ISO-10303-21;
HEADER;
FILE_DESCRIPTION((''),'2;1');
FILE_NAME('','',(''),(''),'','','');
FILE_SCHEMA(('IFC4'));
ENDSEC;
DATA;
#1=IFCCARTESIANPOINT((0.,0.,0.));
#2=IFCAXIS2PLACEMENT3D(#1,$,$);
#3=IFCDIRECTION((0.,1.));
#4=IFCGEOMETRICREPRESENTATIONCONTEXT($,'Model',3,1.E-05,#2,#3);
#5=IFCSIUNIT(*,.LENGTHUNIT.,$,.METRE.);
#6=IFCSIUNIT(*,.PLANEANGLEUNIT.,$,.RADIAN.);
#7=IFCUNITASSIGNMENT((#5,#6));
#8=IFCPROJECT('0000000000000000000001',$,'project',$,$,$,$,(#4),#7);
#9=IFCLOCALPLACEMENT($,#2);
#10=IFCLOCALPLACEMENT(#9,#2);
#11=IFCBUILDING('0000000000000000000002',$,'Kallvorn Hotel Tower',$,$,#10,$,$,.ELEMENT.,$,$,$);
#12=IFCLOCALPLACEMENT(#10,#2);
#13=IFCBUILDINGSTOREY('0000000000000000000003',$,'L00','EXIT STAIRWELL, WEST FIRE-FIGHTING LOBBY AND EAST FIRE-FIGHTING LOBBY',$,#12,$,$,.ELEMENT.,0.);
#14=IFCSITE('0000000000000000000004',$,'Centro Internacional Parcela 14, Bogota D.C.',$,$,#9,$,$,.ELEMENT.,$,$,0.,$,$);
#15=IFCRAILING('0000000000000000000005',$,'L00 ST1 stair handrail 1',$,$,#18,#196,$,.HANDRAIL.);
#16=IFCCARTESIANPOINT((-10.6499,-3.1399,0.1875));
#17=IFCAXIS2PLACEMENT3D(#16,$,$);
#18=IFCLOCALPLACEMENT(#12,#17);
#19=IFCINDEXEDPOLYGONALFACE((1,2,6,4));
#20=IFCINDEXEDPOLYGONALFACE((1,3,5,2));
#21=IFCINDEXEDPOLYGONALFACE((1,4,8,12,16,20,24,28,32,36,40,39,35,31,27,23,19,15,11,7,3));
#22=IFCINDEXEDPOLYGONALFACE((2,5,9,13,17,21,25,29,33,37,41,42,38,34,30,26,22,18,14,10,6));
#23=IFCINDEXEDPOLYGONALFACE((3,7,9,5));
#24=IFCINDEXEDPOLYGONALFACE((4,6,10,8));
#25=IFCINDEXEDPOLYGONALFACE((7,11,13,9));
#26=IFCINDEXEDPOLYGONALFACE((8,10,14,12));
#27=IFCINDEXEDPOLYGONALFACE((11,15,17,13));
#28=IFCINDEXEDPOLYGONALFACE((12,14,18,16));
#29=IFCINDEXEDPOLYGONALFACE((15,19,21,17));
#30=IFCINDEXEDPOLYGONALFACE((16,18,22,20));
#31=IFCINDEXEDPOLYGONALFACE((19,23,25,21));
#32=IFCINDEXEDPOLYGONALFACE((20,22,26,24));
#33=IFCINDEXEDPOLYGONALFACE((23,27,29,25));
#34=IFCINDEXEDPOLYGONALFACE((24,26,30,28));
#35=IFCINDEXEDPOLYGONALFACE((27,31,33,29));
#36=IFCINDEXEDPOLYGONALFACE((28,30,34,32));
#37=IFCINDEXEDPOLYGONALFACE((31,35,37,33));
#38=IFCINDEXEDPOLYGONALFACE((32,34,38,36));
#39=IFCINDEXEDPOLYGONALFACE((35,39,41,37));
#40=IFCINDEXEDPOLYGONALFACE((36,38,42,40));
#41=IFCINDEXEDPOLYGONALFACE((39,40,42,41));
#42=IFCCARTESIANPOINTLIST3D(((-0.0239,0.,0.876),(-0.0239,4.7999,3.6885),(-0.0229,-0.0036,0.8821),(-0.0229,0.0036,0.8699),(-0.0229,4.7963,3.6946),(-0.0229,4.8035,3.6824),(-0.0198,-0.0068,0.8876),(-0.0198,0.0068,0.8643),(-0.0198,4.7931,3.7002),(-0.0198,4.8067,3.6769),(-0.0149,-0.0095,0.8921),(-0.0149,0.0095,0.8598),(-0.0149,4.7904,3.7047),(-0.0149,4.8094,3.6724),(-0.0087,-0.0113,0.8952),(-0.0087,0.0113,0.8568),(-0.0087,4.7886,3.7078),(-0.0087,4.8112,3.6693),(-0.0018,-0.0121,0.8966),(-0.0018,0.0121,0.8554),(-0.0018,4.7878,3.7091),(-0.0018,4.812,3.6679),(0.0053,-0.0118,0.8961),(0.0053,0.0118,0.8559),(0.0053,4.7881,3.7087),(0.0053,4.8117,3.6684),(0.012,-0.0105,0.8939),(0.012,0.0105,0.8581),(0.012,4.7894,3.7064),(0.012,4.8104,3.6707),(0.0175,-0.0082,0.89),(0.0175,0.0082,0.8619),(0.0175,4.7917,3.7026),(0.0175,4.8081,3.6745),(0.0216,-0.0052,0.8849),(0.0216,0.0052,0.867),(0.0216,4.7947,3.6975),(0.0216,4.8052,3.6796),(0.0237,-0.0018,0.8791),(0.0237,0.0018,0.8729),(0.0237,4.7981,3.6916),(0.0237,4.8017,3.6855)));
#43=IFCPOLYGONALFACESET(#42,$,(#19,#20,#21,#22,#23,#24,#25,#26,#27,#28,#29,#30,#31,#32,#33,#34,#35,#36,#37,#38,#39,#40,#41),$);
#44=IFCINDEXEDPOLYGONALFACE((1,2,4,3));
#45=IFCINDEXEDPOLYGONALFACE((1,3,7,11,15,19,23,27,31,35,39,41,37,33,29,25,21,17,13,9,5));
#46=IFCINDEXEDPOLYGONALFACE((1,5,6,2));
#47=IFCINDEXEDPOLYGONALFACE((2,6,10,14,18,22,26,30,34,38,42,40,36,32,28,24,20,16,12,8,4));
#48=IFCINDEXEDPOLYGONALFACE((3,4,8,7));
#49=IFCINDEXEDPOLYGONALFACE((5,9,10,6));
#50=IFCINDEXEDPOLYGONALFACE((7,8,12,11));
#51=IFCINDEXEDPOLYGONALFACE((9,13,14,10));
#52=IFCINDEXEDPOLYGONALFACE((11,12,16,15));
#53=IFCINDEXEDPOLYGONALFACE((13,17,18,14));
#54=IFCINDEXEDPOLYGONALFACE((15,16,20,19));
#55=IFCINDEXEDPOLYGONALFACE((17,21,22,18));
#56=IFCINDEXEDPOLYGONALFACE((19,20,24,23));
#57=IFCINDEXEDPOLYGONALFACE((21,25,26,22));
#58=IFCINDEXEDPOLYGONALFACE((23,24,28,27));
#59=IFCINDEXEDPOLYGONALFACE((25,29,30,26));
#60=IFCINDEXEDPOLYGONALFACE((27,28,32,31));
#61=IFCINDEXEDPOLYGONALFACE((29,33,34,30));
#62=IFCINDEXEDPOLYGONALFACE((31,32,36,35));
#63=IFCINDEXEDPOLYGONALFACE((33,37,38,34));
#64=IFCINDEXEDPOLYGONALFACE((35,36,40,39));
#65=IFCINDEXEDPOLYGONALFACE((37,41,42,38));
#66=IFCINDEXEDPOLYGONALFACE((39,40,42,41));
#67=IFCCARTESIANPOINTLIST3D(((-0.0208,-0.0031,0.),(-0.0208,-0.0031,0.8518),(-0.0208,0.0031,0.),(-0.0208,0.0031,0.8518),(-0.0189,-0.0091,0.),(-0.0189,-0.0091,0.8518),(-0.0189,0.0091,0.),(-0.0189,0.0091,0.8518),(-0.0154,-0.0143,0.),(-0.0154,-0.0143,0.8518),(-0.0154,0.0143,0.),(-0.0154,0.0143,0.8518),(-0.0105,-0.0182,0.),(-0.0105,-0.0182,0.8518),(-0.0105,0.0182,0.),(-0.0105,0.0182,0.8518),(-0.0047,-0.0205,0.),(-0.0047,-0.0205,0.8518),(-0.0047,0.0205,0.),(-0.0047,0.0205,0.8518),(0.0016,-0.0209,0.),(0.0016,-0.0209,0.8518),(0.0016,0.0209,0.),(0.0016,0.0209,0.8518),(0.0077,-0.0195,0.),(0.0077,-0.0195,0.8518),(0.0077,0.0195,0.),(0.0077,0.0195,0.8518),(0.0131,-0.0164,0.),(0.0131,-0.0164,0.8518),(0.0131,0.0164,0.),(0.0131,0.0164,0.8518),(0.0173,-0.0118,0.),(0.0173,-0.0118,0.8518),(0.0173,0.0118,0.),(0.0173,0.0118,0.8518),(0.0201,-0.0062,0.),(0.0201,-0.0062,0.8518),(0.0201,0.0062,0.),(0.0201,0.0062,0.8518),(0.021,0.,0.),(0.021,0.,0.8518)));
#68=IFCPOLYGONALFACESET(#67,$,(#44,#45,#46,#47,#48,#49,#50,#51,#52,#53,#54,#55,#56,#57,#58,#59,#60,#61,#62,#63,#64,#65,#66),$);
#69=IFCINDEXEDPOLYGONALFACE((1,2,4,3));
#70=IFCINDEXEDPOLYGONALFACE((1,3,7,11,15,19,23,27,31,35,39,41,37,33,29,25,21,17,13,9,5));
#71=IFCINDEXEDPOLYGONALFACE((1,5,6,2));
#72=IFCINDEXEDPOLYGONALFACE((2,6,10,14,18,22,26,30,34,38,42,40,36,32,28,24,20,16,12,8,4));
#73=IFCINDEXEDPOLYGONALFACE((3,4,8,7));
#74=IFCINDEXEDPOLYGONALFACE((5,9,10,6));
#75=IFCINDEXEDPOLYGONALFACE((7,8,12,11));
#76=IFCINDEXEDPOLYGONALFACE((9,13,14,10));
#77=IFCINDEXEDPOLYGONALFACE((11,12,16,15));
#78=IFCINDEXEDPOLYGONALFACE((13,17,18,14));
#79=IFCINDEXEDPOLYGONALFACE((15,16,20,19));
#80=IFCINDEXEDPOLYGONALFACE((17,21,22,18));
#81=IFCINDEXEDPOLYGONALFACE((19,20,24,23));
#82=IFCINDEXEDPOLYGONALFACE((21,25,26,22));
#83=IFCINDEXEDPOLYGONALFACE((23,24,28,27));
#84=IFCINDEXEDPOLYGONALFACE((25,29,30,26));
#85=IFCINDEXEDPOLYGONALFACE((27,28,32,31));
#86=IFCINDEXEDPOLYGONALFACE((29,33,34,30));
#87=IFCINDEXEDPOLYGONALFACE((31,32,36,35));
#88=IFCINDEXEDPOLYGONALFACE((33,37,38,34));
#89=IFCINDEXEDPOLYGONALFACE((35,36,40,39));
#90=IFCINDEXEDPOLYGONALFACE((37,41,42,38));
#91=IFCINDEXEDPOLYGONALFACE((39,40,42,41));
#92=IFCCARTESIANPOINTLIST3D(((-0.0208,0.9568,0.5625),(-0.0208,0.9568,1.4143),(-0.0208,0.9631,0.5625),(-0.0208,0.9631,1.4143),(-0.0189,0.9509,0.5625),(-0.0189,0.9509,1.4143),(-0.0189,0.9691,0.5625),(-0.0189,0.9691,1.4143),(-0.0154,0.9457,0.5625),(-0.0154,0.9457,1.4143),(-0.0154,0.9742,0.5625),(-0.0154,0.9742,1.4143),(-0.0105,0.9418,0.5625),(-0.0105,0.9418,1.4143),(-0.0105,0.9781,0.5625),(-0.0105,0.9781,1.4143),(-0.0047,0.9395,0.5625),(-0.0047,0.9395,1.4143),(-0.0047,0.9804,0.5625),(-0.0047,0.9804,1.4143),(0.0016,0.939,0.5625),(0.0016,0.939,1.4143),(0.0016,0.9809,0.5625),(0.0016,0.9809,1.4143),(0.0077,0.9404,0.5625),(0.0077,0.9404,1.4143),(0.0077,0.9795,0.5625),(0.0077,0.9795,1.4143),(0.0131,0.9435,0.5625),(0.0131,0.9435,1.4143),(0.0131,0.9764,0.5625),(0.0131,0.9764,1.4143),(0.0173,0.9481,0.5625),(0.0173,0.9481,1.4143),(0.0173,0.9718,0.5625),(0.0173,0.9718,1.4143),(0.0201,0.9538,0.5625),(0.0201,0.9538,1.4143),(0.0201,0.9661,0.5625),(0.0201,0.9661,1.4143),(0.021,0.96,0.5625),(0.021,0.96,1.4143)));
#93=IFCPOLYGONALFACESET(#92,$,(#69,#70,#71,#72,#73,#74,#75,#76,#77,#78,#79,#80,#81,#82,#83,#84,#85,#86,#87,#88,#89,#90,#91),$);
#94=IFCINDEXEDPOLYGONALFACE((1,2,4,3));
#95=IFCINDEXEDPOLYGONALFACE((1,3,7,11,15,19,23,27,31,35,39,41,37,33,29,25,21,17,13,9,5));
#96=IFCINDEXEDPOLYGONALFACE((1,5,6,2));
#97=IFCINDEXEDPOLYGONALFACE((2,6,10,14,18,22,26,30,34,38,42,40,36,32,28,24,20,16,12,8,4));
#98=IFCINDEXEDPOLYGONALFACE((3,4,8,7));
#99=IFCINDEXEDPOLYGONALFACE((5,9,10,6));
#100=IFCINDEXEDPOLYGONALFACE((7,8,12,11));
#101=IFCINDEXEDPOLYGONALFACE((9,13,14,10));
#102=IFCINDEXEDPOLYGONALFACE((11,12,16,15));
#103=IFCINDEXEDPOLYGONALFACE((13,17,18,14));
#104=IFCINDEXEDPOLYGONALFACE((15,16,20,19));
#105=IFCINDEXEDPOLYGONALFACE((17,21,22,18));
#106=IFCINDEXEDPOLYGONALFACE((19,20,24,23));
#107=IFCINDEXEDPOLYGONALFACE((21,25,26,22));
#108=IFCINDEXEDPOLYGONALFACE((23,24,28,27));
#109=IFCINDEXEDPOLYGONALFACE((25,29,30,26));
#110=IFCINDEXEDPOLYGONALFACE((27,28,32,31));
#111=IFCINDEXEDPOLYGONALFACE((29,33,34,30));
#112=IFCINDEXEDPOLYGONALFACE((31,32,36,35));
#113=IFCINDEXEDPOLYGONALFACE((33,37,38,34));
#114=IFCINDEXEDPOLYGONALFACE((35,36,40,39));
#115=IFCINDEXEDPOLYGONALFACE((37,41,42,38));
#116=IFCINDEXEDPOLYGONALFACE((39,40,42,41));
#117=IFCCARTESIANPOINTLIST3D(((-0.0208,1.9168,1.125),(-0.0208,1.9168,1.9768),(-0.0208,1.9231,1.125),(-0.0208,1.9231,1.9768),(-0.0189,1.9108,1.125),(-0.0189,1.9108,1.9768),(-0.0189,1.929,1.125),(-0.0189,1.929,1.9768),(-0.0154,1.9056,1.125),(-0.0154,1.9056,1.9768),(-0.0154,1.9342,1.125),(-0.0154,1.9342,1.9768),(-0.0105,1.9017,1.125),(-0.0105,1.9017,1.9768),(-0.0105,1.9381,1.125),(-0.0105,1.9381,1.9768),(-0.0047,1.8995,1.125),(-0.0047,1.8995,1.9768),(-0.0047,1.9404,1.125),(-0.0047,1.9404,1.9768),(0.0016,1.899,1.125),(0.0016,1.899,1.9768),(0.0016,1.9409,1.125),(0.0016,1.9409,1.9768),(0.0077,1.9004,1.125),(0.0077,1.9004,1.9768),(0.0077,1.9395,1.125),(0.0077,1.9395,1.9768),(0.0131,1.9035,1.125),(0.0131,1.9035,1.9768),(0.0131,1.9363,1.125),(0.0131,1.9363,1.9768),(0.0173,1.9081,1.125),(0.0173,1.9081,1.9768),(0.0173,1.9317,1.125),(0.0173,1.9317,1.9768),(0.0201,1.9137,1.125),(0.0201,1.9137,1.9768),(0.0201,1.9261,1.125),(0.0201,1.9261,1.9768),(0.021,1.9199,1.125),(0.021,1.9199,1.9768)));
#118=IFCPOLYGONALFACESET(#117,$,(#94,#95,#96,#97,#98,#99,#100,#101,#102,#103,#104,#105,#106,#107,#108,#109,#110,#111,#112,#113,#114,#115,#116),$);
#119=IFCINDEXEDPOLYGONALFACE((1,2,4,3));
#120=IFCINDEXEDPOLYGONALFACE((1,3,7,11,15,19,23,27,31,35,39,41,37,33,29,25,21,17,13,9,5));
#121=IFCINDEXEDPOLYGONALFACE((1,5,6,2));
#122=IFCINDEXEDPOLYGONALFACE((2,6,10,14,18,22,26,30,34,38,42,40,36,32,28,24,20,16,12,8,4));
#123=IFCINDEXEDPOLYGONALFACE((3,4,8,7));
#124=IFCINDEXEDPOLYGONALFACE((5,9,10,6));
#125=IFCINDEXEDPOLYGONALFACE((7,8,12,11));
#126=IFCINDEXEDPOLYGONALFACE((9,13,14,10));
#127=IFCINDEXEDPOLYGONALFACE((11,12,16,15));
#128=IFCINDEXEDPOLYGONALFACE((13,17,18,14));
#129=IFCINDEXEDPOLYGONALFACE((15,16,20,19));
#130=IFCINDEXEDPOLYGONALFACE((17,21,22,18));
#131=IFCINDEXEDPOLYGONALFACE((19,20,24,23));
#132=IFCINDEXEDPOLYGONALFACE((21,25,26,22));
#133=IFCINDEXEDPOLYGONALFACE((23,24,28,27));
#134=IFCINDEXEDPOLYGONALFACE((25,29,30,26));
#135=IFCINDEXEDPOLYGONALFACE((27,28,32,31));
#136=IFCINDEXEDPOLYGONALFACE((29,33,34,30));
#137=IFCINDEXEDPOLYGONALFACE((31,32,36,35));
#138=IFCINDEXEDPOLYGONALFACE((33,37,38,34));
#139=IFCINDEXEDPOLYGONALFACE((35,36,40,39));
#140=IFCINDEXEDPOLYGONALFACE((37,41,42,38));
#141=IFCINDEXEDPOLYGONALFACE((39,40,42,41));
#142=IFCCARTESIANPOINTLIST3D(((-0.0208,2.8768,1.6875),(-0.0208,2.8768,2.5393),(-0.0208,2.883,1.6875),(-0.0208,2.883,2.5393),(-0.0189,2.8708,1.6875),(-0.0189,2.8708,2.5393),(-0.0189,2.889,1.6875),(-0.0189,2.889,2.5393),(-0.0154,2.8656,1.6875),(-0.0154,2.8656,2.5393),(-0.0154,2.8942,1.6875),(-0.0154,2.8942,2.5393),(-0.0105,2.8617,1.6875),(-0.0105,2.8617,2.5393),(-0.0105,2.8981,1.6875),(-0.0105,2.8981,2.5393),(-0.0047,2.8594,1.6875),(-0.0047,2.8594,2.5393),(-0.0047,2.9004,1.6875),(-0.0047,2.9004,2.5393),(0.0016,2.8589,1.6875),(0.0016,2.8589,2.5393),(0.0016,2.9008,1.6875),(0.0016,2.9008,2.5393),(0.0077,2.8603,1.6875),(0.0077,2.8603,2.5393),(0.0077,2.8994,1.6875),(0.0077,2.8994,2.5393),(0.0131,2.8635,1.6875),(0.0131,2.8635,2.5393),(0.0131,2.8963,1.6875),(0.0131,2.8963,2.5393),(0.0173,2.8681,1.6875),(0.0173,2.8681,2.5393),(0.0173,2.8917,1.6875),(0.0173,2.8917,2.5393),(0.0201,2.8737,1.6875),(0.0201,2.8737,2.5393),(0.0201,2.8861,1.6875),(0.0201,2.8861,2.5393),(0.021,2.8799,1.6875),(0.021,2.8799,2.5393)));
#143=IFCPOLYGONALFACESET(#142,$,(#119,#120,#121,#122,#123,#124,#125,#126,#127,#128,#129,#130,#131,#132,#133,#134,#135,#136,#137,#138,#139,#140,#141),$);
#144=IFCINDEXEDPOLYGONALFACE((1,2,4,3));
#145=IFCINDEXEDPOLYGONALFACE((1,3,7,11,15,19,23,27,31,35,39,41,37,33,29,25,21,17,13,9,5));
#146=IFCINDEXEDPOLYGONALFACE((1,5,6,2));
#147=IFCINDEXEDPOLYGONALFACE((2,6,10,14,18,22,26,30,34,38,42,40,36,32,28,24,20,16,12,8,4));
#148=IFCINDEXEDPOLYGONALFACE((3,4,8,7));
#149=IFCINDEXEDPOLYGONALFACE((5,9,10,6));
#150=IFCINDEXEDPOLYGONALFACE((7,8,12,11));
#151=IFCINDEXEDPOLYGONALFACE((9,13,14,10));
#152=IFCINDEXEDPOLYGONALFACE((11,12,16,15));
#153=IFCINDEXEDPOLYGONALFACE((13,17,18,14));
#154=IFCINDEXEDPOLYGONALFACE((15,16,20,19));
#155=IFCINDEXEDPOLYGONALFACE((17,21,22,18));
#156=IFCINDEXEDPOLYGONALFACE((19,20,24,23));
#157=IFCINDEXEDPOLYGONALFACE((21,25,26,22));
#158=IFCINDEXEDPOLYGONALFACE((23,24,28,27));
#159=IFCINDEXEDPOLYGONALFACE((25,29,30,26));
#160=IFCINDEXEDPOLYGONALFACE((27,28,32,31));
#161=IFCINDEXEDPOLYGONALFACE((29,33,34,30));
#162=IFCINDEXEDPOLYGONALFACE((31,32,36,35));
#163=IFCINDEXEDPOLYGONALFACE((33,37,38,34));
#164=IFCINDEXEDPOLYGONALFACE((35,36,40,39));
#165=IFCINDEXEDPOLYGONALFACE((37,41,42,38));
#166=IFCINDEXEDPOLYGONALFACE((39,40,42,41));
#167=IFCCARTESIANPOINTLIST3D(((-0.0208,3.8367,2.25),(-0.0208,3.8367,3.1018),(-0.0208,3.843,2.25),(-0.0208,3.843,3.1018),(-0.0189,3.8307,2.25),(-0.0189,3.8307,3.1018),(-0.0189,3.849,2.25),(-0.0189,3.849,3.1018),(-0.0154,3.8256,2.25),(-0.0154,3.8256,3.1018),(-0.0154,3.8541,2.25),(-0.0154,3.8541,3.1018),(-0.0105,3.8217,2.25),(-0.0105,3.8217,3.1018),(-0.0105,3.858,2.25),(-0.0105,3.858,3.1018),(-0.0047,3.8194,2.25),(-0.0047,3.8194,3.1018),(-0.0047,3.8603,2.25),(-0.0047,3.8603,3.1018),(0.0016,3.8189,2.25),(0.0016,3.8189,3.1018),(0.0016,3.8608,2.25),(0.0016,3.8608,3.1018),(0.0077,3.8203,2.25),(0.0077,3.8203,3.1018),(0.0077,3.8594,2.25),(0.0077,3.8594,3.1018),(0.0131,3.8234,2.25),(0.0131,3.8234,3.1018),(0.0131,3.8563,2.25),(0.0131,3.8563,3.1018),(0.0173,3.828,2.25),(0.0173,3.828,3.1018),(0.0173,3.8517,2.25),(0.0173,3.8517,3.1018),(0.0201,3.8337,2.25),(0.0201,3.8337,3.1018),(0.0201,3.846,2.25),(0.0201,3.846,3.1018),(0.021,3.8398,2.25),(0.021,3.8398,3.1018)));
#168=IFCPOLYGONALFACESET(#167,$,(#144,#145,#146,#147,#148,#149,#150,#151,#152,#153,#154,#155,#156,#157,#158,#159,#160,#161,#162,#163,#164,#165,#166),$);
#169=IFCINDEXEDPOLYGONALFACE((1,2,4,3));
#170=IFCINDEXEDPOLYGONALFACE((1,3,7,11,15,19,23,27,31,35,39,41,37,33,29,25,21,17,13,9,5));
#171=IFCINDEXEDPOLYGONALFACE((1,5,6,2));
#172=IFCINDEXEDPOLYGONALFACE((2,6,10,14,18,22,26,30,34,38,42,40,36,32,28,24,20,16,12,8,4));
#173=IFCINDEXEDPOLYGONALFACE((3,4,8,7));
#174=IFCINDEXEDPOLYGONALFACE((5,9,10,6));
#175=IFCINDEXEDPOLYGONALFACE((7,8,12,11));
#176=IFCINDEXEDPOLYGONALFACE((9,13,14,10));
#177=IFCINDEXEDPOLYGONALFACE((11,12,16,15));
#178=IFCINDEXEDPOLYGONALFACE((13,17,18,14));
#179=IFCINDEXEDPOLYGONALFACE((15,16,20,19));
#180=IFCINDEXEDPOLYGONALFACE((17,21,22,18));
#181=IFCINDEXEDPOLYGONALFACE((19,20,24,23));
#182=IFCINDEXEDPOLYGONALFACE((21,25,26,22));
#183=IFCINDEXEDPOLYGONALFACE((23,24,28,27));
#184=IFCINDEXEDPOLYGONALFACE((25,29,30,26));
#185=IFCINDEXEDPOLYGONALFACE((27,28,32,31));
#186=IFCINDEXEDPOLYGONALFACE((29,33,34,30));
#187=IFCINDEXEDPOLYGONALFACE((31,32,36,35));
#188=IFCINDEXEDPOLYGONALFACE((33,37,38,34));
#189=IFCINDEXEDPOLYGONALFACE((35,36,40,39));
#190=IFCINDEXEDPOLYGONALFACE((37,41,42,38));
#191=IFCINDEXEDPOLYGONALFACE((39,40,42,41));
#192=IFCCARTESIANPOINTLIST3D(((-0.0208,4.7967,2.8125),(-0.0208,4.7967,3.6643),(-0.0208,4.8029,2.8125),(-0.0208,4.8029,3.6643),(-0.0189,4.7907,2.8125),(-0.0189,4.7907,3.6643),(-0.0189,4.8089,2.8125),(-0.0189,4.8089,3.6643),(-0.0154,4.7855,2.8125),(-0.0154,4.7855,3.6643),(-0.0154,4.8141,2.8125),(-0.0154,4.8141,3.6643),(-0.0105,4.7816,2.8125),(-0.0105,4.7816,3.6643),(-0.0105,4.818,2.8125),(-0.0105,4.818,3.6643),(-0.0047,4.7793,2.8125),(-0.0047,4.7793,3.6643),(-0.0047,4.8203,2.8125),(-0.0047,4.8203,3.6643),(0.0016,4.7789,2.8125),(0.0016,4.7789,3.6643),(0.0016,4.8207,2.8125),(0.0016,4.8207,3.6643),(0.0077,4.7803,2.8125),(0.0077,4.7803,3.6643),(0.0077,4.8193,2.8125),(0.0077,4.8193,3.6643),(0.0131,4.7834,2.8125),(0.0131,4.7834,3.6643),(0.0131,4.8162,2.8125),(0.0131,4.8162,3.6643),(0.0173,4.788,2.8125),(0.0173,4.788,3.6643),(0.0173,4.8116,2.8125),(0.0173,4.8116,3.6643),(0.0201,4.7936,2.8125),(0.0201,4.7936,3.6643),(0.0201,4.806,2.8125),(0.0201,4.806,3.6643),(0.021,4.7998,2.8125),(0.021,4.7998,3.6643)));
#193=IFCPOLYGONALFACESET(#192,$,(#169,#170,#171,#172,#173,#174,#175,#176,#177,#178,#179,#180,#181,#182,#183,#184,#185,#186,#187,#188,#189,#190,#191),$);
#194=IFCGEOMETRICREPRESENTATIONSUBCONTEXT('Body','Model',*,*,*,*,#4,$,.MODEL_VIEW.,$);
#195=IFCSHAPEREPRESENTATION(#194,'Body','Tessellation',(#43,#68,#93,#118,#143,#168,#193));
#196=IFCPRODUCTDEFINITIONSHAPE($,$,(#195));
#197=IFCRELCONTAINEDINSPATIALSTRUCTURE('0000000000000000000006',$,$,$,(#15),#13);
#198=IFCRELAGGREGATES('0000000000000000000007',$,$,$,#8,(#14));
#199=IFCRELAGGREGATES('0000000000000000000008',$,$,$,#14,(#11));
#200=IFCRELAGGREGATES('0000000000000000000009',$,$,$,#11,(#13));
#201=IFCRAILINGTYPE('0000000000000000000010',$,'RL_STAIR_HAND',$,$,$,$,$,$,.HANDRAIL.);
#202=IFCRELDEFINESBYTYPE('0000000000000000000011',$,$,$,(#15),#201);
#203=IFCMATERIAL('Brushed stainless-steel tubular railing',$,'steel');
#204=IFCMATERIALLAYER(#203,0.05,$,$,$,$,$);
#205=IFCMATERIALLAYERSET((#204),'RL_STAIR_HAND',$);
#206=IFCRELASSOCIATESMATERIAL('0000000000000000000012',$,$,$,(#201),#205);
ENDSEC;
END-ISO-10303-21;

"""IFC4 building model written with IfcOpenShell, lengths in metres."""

from ifc_helpers import new_model, si_unit, direction, frame, origin, origin_2d, place, context, subcontext, project, spatial, circle, extrude, material, layer, layer_set, type_object, element, save


model = new_model("IFC4")

# Units and contexts
model_context = context("Model", 3, precision=1e-05, world=origin(), true_north=direction((0.0, 1.0)))
body_context = subcontext(model_context, "Body", "Model", "MODEL_VIEW")
ifc_project = project(units=[si_unit("LENGTHUNIT", "METRE"), si_unit("PLANEANGLEUNIT", "RADIAN")], contexts=[model_context])

# Site, building, storey
site_placement = place(None, origin())
site = spatial("IfcSite", under=ifc_project, at=site_placement, Name="Centro Internacional Parcela 14, Bogota D.C.", CompositionType="ELEMENT", RefElevation=0.0)
building_placement = place(site_placement, origin())
building = spatial("IfcBuilding", under=site, at=building_placement, Name="Kallvorn Hotel Tower", CompositionType="ELEMENT")
storey_placement = place(building_placement, origin())
storey = spatial("IfcBuildingStorey", under=building, at=storey_placement, Name="L00", Description="EXIT STAIRWELL, WEST FIRE-FIGHTING LOBBY AND EAST FIRE-FIGHTING LOBBY", CompositionType="ELEMENT", Elevation=0.0)

# Railing
ifc_material_1 = material(Name="Brushed stainless-steel tubular railing", Category="steel")
ifc_layer_1 = layer(ifc_material_1, 0.05)
ifc_layer_set_1 = layer_set([ifc_layer_1], Name="RL_STAIR_HAND")
railing_type_1 = type_object("IfcRailingType", Name="RL_STAIR_HAND", PredefinedType="HANDRAIL", material=ifc_layer_set_1)
railing_1_placement = place(storey_placement, frame((-10.6499, -3.1399, 0.1875)))
element("IfcRailing", 1, at=railing_1_placement, inside=storey, type_object=railing_type_1, Name="L00 ST1 stair handrail 1", PredefinedType="HANDRAIL", context=body_context, shape_type="SweptSolid", body=[
    extrude(circle(Radius=0.0239, at=origin_2d()), frame((0.0, 0.0, 0.876), z_axis=(0.0, 0.86279, 0.505562), x_axis=(-1.0, 0.0, 0.0)), (0.0, 0.0, 1.0), 5.5632),
    extrude(circle(Radius=0.021, at=origin_2d()), origin(), (0.0, 0.0, 1.0), 0.8518),
    extrude(circle(Radius=0.021, at=origin_2d()), frame((0.0, 0.96, 0.5625)), (0.0, 0.0, 1.0), 0.8518),
    extrude(circle(Radius=0.021, at=origin_2d()), frame((0.0, 1.9199, 1.125)), (0.0, 0.0, 1.0), 0.8518),
    extrude(circle(Radius=0.021, at=origin_2d()), frame((0.0, 2.8799, 1.6875)), (0.0, 0.0, 1.0), 0.8518),
    extrude(circle(Radius=0.021, at=origin_2d()), frame((0.0, 3.8398, 2.25)), (0.0, 0.0, 1.0), 0.8518),
    extrude(circle(Radius=0.021, at=origin_2d()), frame((0.0, 4.7998, 2.8125)), (0.0, 0.0, 1.0), 0.8518),
])

save(model, "model.ifc")
